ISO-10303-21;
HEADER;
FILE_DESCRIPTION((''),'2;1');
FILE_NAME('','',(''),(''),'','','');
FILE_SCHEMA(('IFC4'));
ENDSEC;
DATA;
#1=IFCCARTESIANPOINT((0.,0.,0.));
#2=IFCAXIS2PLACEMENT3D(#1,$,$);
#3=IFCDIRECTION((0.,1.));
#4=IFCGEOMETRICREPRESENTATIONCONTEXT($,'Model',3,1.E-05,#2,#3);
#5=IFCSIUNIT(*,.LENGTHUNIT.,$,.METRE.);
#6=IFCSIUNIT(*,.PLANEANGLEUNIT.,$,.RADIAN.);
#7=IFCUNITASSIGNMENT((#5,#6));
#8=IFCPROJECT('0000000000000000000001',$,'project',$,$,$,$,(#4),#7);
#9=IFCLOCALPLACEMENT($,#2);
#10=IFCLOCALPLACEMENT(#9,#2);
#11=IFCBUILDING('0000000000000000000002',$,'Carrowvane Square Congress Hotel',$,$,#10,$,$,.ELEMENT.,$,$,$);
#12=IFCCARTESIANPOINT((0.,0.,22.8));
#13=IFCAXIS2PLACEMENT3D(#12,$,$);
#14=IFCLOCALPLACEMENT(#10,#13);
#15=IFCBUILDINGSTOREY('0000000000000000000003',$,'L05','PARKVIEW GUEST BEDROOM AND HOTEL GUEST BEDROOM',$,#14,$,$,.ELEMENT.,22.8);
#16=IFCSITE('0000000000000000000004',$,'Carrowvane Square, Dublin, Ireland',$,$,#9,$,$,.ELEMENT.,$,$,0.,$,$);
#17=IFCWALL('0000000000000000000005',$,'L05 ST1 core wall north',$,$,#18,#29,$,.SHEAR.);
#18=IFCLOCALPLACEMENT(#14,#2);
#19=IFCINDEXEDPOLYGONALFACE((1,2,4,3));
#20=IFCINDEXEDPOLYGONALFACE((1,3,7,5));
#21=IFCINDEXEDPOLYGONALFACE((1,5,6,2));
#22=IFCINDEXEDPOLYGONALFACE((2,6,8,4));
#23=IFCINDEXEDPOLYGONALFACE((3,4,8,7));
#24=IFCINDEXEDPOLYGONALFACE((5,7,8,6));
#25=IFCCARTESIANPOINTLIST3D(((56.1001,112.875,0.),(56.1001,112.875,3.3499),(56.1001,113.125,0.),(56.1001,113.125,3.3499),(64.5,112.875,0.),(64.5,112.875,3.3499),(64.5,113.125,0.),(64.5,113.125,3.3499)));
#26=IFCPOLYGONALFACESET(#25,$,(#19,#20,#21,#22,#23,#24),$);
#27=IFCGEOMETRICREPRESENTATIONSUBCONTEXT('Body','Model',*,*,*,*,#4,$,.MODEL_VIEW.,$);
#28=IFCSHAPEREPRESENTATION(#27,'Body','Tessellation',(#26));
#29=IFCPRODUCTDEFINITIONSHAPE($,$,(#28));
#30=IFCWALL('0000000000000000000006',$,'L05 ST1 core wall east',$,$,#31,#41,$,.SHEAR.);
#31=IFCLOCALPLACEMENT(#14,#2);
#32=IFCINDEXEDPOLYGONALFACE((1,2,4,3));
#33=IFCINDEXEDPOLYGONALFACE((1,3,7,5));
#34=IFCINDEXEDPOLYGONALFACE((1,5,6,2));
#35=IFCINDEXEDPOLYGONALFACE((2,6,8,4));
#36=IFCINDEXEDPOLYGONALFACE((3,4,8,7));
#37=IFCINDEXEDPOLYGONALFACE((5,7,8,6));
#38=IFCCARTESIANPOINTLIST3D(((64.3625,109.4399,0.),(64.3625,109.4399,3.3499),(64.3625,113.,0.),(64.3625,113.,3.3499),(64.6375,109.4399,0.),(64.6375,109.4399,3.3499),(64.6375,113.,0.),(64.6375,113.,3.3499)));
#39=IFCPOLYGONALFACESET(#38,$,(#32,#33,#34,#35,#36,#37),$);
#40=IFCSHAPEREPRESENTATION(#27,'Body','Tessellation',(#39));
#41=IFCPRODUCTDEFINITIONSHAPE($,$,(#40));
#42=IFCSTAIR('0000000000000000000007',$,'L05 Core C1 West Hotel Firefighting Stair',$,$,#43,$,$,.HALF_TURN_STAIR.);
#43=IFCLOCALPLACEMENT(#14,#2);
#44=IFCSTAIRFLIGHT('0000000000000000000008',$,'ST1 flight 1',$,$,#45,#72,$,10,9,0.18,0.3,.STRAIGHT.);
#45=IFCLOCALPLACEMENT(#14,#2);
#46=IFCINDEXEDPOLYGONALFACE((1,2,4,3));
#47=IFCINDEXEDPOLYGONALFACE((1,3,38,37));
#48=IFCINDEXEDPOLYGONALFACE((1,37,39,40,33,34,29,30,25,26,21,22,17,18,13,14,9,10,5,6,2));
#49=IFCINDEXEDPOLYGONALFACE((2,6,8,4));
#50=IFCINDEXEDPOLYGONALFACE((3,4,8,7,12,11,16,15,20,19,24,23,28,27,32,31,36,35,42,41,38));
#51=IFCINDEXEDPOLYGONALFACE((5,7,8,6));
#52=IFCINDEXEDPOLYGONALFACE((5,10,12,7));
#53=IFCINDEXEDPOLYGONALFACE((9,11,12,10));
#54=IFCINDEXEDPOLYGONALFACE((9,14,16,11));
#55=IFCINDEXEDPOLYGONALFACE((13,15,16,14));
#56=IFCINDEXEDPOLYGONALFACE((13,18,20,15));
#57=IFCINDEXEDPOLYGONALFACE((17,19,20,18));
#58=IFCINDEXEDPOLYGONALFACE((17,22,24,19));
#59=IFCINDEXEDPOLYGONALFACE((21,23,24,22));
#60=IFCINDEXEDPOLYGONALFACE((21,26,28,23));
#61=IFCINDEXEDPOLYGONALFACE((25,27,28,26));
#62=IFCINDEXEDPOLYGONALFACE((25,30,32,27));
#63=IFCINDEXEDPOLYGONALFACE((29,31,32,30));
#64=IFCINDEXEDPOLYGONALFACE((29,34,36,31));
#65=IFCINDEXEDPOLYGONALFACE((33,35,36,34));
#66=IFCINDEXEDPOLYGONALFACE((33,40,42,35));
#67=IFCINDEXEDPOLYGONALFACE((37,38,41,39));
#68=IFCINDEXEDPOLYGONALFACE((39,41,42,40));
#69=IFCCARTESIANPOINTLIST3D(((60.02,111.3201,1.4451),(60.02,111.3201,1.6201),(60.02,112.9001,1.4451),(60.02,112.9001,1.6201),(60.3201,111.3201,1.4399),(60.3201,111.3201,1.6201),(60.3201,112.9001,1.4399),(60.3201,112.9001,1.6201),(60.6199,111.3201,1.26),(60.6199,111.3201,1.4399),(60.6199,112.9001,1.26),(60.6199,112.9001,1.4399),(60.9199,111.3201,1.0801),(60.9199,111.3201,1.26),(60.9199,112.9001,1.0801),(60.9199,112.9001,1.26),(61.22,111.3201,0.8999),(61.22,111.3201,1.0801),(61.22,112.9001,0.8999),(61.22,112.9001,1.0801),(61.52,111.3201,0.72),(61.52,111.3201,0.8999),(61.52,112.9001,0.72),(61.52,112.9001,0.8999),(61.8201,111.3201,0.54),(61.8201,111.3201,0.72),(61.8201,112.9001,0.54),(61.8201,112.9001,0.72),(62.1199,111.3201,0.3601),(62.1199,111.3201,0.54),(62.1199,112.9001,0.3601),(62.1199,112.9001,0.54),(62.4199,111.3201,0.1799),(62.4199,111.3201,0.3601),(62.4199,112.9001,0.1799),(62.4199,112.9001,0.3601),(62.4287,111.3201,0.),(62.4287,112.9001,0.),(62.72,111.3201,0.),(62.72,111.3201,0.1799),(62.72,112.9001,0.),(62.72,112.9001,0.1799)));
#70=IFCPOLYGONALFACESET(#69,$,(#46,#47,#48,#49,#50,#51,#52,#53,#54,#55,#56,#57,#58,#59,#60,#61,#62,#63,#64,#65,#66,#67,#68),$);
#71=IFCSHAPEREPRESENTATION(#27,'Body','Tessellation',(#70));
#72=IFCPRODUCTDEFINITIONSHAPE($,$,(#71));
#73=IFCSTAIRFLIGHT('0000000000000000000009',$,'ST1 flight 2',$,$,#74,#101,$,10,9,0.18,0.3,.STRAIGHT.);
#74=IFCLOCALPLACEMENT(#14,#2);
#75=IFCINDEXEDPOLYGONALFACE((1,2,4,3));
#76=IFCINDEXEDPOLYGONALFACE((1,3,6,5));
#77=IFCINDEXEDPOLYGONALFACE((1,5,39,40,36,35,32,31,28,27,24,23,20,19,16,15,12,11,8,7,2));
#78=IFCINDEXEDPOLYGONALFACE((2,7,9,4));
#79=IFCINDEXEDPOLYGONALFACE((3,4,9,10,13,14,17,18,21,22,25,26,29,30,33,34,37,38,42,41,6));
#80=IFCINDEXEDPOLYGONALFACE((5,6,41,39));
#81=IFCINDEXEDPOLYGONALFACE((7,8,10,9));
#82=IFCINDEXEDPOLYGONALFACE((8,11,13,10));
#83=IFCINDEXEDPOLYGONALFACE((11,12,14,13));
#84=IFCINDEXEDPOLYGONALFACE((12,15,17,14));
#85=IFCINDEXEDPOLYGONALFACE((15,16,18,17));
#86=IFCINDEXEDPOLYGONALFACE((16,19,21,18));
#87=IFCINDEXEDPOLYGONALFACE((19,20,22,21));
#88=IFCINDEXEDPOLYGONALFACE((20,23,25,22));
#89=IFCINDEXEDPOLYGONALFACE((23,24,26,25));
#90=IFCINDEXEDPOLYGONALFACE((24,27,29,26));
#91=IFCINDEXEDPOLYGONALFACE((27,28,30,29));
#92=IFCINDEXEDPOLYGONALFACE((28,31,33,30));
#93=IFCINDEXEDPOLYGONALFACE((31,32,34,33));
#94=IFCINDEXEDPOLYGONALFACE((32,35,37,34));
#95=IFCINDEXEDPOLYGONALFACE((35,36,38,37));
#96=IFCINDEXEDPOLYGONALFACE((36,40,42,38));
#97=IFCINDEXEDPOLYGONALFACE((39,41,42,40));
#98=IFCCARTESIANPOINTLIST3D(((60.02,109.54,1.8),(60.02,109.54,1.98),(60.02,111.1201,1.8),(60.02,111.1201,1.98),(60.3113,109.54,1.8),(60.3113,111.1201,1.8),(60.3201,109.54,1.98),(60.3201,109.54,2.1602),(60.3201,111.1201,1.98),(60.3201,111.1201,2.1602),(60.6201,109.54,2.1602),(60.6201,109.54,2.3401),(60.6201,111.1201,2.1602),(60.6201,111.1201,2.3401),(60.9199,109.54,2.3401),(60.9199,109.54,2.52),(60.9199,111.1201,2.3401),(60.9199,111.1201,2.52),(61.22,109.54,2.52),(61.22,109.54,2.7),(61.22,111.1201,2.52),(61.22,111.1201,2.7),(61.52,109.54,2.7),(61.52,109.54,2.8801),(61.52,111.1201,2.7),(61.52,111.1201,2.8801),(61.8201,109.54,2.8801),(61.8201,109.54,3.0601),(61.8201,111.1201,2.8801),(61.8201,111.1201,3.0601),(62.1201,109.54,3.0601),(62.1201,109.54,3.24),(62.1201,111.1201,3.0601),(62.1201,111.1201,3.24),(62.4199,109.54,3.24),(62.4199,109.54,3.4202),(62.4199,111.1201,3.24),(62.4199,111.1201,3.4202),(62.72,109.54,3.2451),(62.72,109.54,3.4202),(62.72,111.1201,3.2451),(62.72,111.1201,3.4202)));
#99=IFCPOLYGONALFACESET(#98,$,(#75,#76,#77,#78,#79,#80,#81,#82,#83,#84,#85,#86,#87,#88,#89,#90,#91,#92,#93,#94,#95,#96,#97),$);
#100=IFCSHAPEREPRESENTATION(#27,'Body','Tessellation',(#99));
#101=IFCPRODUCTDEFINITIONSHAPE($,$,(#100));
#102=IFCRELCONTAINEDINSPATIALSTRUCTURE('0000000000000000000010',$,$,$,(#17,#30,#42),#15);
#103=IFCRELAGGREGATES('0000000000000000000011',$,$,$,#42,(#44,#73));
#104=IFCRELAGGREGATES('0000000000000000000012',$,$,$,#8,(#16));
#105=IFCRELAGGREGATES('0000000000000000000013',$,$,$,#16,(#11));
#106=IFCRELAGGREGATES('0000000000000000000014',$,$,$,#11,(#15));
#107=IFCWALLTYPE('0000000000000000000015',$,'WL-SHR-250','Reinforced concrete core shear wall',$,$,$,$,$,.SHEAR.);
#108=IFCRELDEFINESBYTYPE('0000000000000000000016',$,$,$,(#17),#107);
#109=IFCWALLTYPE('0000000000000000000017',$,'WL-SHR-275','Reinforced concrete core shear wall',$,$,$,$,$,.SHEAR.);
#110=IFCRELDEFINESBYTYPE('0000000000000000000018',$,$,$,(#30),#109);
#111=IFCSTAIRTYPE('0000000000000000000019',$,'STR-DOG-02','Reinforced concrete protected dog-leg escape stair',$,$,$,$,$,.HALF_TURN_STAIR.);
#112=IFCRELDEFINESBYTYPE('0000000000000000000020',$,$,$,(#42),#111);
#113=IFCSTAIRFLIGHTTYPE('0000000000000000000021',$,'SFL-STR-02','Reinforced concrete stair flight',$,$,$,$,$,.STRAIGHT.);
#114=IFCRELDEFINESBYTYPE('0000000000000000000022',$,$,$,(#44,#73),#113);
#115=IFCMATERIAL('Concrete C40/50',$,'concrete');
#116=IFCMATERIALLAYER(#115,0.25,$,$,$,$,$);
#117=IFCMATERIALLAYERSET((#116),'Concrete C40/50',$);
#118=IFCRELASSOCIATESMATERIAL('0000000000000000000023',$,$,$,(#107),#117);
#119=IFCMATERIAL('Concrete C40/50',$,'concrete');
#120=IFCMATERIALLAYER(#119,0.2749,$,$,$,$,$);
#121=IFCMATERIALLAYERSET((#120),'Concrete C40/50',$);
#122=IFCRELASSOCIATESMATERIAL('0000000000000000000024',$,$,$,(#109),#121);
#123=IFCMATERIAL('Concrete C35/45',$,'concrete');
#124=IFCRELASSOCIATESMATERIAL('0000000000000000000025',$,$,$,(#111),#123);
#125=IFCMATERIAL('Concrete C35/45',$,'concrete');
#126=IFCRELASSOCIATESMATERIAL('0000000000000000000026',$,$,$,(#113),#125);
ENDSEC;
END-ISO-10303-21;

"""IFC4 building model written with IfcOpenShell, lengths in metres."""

from ifc_helpers import new_model, si_unit, direction, frame, frame_2d, origin, place, context, subcontext, project, spatial, polyline, rectangle, outline, extrude, material, layer, layer_set, type_object, element, aggregate, save


model = new_model("IFC4")

# Units and contexts
model_context = context("Model", 3, precision=1e-05, world=origin(), true_north=direction((0.0, 1.0)))
body_context = subcontext(model_context, "Body", "Model", "MODEL_VIEW")
ifc_project = project(units=[si_unit("LENGTHUNIT", "METRE"), si_unit("PLANEANGLEUNIT", "RADIAN")], contexts=[model_context])

# Site, building, storey
site_placement = place(None, origin())
site = spatial("IfcSite", under=ifc_project, at=site_placement, Name="Carrowvane Square, Dublin, Ireland", CompositionType="ELEMENT", RefElevation=0.0)
building_placement = place(site_placement, origin())
building = spatial("IfcBuilding", under=site, at=building_placement, Name="Carrowvane Square Congress Hotel", CompositionType="ELEMENT")
storey_placement = place(building_placement, frame((0.0, 0.0, 22.8)))
storey = spatial("IfcBuildingStorey", under=building, at=storey_placement, Name="L05", Description="PARKVIEW GUEST BEDROOM AND HOTEL GUEST BEDROOM", CompositionType="ELEMENT", Elevation=22.8)

# Wall
ifc_material_1 = material(Name="Concrete C40/50", Category="concrete")
ifc_layer_1 = layer(ifc_material_1, 0.25)
ifc_layer_set_1 = layer_set([ifc_layer_1], Name="Concrete C40/50")
wall_type_1 = type_object("IfcWallType", Name="WL-SHR-250", Description="Reinforced concrete core shear wall", PredefinedType="SHEAR", material=ifc_layer_set_1)
wall_1_placement = place(storey_placement, frame((64.5, 113.0, 0.0), z_axis=(0.0, 0.0, 1.0), x_axis=(-1.0, 0.0, 0.0)))
element("IfcWall", 1, at=wall_1_placement, inside=storey, type_object=wall_type_1, Name="L05 ST1 core wall north", PredefinedType="SHEAR", context=body_context, shape_type="SweptSolid", body=[
    extrude(rectangle(XDim=8.3999, YDim=0.25, at=frame_2d((4.2, 0.0))), origin(), (0.0, 0.0, 1.0), 3.3499),
])

# Wall
ifc_material_2 = material(Name="Concrete C40/50", Category="concrete")
ifc_layer_2 = layer(ifc_material_2, 0.2749)
ifc_layer_set_2 = layer_set([ifc_layer_2], Name="Concrete C40/50")
wall_type_2 = type_object("IfcWallType", Name="WL-SHR-275", Description="Reinforced concrete core shear wall", PredefinedType="SHEAR", material=ifc_layer_set_2)
wall_2_placement = place(storey_placement, frame((64.5, 109.4399, 0.0), z_axis=(0.0, 0.0, 1.0), x_axis=(0.0, 1.0, 0.0)))
element("IfcWall", 2, at=wall_2_placement, inside=storey, type_object=wall_type_2, Name="L05 ST1 core wall east", PredefinedType="SHEAR", context=body_context, shape_type="SweptSolid", body=[
    extrude(rectangle(XDim=3.5601, YDim=0.2749, at=frame_2d((1.78, 0.0))), origin(), (0.0, 0.0, 1.0), 3.3499),
])

# Stair, stair flights
ifc_material_3 = material(Name="Concrete C35/45", Category="concrete")
stair_type = type_object("IfcStairType", Name="STR-DOG-02", Description="Reinforced concrete protected dog-leg escape stair", PredefinedType="HALF_TURN_STAIR", material=ifc_material_3)
stair_placement = place(storey_placement, origin())
stair = element("IfcStair", 3, at=stair_placement, inside=storey, type_object=stair_type, Name="L05 Core C1 West Hotel Firefighting Stair", PredefinedType="HALF_TURN_STAIR")
ifc_material_4 = material(Name="Concrete C35/45", Category="concrete")
stair_flight_type = type_object("IfcStairFlightType", Name="SFL-STR-02", Description="Reinforced concrete stair flight", PredefinedType="STRAIGHT", material=ifc_material_4)
stair_flight_1_placement = place(storey_placement, frame((62.72, 112.1101, 0.0), z_axis=(0.0, 0.0, 1.0), x_axis=(-1.0, 0.0, 0.0)))
stair_flight_1 = element("IfcStairFlight", 4, at=stair_flight_1_placement, type_object=stair_flight_type, Name="ST1 flight 1", NumberOfRisers=10, NumberOfTreads=9, PredefinedType="STRAIGHT", RiserHeight=0.18, TreadLength=0.3, context=body_context, shape_type="SweptSolid", body=[
    extrude(outline(polyline([(0.0, 0.0), (0.0, 0.1799), (0.3, 0.1799), (0.3, 0.3601), (0.6001, 0.3601), (0.6001, 0.54), (0.8999, 0.54), (0.8999, 0.72), (1.2, 0.72), (1.2, 0.8999), (1.5, 0.8999), (1.5, 1.0801), (1.8, 1.0801), (1.8, 1.26), (2.1001, 1.26), (2.1001, 1.4399), (2.3999, 1.4399), (2.3999, 1.6201), (2.7, 1.6201), (2.7, 1.8), (2.7, 1.4451), (0.2913, 0.0), (0.0, 0.0)])), frame((0.0, 0.79, 0.0), z_axis=(0.0, -1.0, 0.0), x_axis=(1.0, 0.0, 0.0)), (0.0, 0.0, 1.0), 1.5801),
])
stair_flight_2_placement = place(storey_placement, frame((60.02, 110.3301, 1.8), z_axis=(0.0, 0.0, 1.0), x_axis=(1.0, 0.0, 0.0)))
stair_flight_2 = element("IfcStairFlight", 5, at=stair_flight_2_placement, type_object=stair_flight_type, Name="ST1 flight 2", NumberOfRisers=10, NumberOfTreads=9, PredefinedType="STRAIGHT", RiserHeight=0.18, TreadLength=0.3, context=body_context, shape_type="SweptSolid", body=[
    extrude(outline(polyline([(0.0, 0.0), (0.0, 0.1799), (0.3, 0.1799), (0.3, 0.3601), (0.6001, 0.3601), (0.6001, 0.54), (0.8999, 0.54), (0.8999, 0.72), (1.2, 0.72), (1.2, 0.8999), (1.5, 0.8999), (1.5, 1.0801), (1.8, 1.0801), (1.8, 1.26), (2.1001, 1.26), (2.1001, 1.4399), (2.3999, 1.4399), (2.3999, 1.6201), (2.7, 1.6201), (2.7, 1.8), (2.7, 1.4451), (0.2913, 0.0), (0.0, 0.0)])), frame((0.0, 0.79, 0.0), z_axis=(0.0, -1.0, 0.0), x_axis=(1.0, 0.0, 0.0)), (0.0, 0.0, 1.0), 1.5801),
])
aggregate(stair, [stair_flight_1, stair_flight_2])

save(model, "model.ifc")
